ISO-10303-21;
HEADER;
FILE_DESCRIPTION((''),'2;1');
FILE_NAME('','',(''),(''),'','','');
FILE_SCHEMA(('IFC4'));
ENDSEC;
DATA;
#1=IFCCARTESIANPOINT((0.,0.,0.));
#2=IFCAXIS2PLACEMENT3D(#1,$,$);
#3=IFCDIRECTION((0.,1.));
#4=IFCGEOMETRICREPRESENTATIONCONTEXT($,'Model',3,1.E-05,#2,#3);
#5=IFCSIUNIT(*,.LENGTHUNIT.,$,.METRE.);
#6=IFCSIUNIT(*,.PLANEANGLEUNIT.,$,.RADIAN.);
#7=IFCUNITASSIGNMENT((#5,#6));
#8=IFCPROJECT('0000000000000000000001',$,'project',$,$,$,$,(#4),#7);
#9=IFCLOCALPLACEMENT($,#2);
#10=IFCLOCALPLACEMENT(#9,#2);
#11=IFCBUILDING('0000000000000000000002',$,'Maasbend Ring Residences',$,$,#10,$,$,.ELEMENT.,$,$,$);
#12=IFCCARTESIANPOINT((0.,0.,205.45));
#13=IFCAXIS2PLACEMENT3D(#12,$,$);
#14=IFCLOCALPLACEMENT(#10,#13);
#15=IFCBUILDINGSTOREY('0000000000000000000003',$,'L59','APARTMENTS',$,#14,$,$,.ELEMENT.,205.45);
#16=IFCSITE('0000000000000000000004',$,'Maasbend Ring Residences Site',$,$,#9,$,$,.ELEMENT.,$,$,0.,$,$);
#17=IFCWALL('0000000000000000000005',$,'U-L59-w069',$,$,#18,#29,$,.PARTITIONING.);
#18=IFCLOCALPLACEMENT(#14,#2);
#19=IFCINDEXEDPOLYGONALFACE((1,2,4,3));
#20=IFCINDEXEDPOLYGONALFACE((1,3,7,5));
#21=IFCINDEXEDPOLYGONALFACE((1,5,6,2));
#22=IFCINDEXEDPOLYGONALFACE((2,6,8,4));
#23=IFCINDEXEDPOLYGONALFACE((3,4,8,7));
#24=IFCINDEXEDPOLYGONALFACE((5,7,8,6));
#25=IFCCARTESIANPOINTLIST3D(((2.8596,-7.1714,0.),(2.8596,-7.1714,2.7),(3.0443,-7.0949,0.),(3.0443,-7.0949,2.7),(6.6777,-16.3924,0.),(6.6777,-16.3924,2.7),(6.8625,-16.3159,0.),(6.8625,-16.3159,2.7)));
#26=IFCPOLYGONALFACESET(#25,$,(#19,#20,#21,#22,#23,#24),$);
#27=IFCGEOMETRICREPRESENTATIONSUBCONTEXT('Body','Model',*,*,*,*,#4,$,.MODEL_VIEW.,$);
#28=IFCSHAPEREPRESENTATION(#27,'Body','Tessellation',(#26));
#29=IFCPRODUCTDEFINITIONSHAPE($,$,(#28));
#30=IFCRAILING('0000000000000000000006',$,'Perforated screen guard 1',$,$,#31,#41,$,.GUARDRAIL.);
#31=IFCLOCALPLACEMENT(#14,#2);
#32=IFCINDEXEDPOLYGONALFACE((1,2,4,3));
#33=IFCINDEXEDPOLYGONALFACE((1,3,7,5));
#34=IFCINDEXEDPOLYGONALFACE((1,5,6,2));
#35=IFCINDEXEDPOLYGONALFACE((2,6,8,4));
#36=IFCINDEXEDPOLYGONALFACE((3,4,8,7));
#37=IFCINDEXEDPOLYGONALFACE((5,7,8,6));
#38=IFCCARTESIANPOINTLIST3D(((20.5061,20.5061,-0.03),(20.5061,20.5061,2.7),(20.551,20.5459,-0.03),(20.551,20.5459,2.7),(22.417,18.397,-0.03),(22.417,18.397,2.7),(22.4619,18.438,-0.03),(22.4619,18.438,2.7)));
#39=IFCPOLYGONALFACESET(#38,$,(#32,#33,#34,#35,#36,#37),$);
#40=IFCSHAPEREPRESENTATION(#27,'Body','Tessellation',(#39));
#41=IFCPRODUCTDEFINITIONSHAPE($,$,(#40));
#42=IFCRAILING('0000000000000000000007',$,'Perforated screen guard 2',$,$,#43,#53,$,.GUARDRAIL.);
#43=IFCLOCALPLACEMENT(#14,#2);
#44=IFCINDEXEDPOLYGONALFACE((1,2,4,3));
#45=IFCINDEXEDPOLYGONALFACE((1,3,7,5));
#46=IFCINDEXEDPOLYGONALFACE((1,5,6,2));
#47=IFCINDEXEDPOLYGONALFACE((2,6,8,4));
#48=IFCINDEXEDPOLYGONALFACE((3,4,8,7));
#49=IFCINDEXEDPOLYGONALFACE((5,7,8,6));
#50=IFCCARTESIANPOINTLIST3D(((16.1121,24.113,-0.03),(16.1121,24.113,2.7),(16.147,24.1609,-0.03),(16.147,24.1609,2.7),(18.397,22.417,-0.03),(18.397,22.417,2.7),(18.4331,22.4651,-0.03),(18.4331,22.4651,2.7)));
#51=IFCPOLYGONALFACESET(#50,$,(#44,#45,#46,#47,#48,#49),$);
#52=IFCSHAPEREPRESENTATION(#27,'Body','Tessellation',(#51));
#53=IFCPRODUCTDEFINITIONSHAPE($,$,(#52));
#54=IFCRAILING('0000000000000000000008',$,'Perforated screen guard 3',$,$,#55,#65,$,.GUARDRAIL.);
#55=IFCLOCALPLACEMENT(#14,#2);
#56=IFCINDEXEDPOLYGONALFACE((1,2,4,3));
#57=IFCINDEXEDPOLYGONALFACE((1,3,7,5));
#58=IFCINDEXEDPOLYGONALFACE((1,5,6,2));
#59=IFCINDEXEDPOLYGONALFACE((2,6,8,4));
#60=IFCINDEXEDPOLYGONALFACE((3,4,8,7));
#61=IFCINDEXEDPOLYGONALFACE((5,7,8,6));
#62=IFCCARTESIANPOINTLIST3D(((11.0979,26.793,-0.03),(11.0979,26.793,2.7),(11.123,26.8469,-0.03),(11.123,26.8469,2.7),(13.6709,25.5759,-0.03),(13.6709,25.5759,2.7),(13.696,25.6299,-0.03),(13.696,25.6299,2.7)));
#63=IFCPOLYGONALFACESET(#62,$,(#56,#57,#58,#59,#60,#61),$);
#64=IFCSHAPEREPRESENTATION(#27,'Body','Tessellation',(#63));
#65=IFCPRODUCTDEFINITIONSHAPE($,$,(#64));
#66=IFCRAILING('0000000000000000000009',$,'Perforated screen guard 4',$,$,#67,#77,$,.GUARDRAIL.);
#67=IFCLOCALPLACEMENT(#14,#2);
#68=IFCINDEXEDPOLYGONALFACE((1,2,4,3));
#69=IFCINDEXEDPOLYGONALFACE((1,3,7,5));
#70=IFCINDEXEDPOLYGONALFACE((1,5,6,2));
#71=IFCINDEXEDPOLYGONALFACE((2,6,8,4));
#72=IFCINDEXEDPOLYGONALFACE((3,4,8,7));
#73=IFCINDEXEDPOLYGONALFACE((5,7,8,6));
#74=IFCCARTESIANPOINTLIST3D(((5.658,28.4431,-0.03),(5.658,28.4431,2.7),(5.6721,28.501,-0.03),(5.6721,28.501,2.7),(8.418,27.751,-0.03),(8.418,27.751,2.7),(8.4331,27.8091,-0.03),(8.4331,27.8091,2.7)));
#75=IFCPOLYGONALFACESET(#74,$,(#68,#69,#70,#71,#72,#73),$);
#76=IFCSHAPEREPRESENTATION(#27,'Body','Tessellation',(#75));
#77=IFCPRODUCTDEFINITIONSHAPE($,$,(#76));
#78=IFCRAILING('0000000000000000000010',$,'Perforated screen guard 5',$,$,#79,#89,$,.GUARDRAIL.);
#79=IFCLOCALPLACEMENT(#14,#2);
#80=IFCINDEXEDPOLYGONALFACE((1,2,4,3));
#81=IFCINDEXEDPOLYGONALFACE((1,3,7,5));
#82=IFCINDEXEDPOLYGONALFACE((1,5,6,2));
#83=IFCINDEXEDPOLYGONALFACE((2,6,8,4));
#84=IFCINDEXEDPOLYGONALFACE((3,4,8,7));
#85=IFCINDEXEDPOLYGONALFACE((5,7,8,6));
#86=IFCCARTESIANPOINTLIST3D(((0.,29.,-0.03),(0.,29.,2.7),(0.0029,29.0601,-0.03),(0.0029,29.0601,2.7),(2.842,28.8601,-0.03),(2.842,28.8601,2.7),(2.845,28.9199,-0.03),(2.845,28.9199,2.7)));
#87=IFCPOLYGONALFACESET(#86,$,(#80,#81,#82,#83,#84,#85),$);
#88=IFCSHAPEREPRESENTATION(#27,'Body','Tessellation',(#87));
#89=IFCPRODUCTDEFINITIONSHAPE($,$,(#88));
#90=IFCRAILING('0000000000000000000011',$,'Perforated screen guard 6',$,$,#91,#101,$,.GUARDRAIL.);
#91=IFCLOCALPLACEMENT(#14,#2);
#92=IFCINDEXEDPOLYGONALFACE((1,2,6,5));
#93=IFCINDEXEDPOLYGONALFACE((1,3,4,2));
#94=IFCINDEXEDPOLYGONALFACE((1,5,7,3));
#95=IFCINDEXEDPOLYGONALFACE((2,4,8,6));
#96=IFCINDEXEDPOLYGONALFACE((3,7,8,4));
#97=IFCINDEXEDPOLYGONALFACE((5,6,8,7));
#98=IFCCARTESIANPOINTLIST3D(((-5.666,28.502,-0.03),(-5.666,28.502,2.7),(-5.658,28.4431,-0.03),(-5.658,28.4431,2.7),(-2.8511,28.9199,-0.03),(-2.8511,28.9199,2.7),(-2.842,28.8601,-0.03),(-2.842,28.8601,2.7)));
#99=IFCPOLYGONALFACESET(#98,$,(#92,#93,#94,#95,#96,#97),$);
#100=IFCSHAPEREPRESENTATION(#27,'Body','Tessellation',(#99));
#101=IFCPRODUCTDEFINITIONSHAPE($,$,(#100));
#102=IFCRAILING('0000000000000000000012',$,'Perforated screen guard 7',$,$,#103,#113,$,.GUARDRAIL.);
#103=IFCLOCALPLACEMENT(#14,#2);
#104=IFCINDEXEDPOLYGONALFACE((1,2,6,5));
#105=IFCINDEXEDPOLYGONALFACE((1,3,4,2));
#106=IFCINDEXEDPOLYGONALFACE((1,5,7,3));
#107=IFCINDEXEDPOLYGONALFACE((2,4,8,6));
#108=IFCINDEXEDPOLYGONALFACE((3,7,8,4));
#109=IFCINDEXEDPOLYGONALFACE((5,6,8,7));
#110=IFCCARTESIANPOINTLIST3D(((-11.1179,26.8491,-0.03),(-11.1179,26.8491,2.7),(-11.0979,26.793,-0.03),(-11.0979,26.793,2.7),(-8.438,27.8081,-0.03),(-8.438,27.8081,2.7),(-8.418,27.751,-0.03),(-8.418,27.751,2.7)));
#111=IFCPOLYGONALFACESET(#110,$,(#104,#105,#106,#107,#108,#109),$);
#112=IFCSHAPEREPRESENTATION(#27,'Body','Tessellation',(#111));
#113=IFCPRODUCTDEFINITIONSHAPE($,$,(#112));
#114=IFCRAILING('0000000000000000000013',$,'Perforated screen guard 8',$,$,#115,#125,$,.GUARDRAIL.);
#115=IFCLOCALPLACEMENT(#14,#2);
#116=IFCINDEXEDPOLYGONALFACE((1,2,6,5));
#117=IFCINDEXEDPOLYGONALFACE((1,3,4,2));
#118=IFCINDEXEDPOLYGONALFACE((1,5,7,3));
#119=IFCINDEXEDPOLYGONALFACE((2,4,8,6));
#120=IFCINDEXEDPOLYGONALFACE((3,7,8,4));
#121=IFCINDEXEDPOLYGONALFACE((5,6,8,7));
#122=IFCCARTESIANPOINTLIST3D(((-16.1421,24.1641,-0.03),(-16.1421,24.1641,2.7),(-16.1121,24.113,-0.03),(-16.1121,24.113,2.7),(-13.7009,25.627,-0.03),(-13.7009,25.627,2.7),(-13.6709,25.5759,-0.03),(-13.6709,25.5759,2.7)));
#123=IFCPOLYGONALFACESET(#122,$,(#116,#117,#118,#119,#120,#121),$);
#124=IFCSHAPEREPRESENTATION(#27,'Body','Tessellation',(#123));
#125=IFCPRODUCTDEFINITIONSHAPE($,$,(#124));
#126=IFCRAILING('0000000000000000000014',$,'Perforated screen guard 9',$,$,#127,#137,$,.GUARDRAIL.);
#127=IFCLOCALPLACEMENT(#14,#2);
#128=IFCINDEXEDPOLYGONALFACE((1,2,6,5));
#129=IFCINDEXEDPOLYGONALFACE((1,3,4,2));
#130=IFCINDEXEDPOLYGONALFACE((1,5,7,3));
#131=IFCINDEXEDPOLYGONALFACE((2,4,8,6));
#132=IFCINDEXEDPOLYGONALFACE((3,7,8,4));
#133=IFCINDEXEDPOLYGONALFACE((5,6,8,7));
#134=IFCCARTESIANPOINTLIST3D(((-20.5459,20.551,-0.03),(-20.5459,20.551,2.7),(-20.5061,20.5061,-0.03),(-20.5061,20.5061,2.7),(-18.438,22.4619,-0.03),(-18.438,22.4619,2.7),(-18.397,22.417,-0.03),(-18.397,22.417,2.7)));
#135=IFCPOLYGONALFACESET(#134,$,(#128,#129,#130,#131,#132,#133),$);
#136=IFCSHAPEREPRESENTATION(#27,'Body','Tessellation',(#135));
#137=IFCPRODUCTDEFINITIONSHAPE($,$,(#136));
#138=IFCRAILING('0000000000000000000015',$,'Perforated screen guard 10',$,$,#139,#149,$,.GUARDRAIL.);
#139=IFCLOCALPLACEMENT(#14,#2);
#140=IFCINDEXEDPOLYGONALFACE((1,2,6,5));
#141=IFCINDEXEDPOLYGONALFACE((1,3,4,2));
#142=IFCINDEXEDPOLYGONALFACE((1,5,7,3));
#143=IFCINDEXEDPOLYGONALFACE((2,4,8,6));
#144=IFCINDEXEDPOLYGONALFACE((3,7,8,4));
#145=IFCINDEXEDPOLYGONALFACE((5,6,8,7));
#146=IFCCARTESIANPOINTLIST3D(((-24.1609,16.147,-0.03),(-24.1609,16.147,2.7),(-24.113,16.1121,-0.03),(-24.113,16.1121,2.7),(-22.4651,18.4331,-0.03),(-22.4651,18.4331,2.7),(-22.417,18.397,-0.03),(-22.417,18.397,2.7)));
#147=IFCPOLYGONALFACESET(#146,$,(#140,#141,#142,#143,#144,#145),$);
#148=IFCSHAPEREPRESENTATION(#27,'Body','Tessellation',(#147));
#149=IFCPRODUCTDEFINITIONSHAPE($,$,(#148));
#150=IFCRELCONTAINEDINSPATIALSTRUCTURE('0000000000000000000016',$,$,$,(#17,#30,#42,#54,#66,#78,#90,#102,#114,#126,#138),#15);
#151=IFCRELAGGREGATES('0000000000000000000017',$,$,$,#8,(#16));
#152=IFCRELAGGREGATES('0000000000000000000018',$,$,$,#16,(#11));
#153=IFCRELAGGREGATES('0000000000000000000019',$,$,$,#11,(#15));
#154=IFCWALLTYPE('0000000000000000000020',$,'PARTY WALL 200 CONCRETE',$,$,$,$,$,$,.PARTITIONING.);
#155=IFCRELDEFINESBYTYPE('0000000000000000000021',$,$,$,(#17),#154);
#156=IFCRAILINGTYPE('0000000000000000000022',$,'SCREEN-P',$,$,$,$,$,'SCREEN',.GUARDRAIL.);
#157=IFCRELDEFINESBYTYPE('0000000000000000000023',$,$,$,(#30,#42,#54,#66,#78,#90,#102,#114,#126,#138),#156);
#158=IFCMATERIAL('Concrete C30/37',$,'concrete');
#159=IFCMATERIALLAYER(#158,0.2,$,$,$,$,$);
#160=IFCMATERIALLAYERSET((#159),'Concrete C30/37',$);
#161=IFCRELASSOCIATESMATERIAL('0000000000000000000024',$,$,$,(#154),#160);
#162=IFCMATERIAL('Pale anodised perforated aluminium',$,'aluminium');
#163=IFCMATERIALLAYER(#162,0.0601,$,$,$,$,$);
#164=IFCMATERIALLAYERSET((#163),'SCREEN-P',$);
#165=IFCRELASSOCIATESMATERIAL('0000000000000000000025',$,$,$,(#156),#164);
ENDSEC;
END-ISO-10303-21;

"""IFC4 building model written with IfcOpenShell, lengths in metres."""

from ifc_helpers import new_model, si_unit, direction, frame, frame_2d, origin, place, context, subcontext, project, spatial, polyline, rectangle, outline, extrude, material, layer, layer_set, type_object, element, save


model = new_model("IFC4")

# Units and contexts
model_context = context("Model", 3, precision=1e-05, world=origin(), true_north=direction((0.0, 1.0)))
body_context = subcontext(model_context, "Body", "Model", "MODEL_VIEW")
ifc_project = project(units=[si_unit("LENGTHUNIT", "METRE"), si_unit("PLANEANGLEUNIT", "RADIAN")], contexts=[model_context])

# Site, building, storey
site_placement = place(None, origin())
site = spatial("IfcSite", under=ifc_project, at=site_placement, Name="Maasbend Ring Residences Site", CompositionType="ELEMENT", RefElevation=0.0)
building_placement = place(site_placement, origin())
building = spatial("IfcBuilding", under=site, at=building_placement, Name="Maasbend Ring Residences", CompositionType="ELEMENT")
storey_placement = place(building_placement, frame((0.0, 0.0, 205.45)))
storey = spatial("IfcBuildingStorey", under=building, at=storey_placement, Name="L59", Description="APARTMENTS", CompositionType="ELEMENT", Elevation=205.45)

# Wall
ifc_material_1 = material(Name="Concrete C30/37", Category="concrete")
ifc_layer_1 = layer(ifc_material_1, 0.2)
ifc_layer_set_1 = layer_set([ifc_layer_1], Name="Concrete C30/37")
wall_type = type_object("IfcWallType", Name="PARTY WALL 200 CONCRETE", PredefinedType="PARTITIONING", material=ifc_layer_set_1)
wall_placement = place(storey_placement, frame((2.9519, -7.1331, 0.0), z_axis=(0.0, 0.0, 1.0), x_axis=(0.38257, -0.923927, 0.0)))
element("IfcWall", 1, at=wall_placement, inside=storey, type_object=wall_type, Name="U-L59-w069", PredefinedType="PARTITIONING", context=body_context, shape_type="SweptSolid", body=[
    extrude(rectangle(XDim=9.9802, YDim=0.2, at=frame_2d((4.9902, 0.0))), origin(), (0.0, 0.0, 1.0), 2.7),
])

# Railings
ifc_material_2 = material(Name="Pale anodised perforated aluminium", Category="aluminium")
ifc_layer_2 = layer(ifc_material_2, 0.0601)
ifc_layer_set_2 = layer_set([ifc_layer_2], Name="SCREEN-P")
railing_type = type_object("IfcRailingType", Name="SCREEN-P", ElementType="SCREEN", PredefinedType="GUARDRAIL", material=ifc_layer_set_2)
railing_1_placement = place(storey_placement, frame((0.0, 0.0, -0.03)))
element("IfcRailing", 2, at=railing_1_placement, inside=storey, type_object=railing_type, Name="Perforated screen guard 1", PredefinedType="GUARDRAIL", context=body_context, shape_type="SweptSolid", body=[
    extrude(outline(polyline([(22.417, 18.397), (20.5061, 20.5061), (20.551, 20.5459), (22.4619, 18.438), (22.417, 18.397)])), origin(), (0.0, 0.0, 1.0), 2.73),
])
railing_2_placement = place(storey_placement, frame((0.0, 0.0, -0.03)))
element("IfcRailing", 3, at=railing_2_placement, inside=storey, type_object=railing_type, Name="Perforated screen guard 2", PredefinedType="GUARDRAIL", context=body_context, shape_type="SweptSolid", body=[
    extrude(outline(polyline([(18.397, 22.417), (16.1121, 24.113), (16.147, 24.1609), (18.4331, 22.4651), (18.397, 22.417)])), origin(), (0.0, 0.0, 1.0), 2.73),
])
railing_3_placement = place(storey_placement, frame((0.0, 0.0, -0.03)))
element("IfcRailing", 4, at=railing_3_placement, inside=storey, type_object=railing_type, Name="Perforated screen guard 3", PredefinedType="GUARDRAIL", context=body_context, shape_type="SweptSolid", body=[
    extrude(outline(polyline([(13.6709, 25.5759), (11.0979, 26.793), (11.123, 26.8469), (13.696, 25.6299), (13.6709, 25.5759)])), origin(), (0.0, 0.0, 1.0), 2.73),
])
railing_4_placement = place(storey_placement, frame((0.0, 0.0, -0.03)))
element("IfcRailing", 5, at=railing_4_placement, inside=storey, type_object=railing_type, Name="Perforated screen guard 4", PredefinedType="GUARDRAIL", context=body_context, shape_type="SweptSolid", body=[
    extrude(outline(polyline([(8.418, 27.751), (5.658, 28.4431), (5.6721, 28.501), (8.4331, 27.8091), (8.418, 27.751)])), origin(), (0.0, 0.0, 1.0), 2.73),
])
railing_5_placement = place(storey_placement, frame((0.0, 0.0, -0.03)))
element("IfcRailing", 6, at=railing_5_placement, inside=storey, type_object=railing_type, Name="Perforated screen guard 5", PredefinedType="GUARDRAIL", context=body_context, shape_type="SweptSolid", body=[
    extrude(outline(polyline([(2.842, 28.8601), (0.0, 29.0), (0.0029, 29.0601), (2.845, 28.9199), (2.842, 28.8601)])), origin(), (0.0, 0.0, 1.0), 2.73),
])
railing_6_placement = place(storey_placement, frame((0.0, 0.0, -0.03)))
element("IfcRailing", 7, at=railing_6_placement, inside=storey, type_object=railing_type, Name="Perforated screen guard 6", PredefinedType="GUARDRAIL", context=body_context, shape_type="SweptSolid", body=[
    extrude(outline(polyline([(-2.842, 28.8601), (-5.658, 28.4431), (-5.666, 28.502), (-2.8511, 28.9199), (-2.842, 28.8601)])), origin(), (0.0, 0.0, 1.0), 2.73),
])
railing_7_placement = place(storey_placement, frame((0.0, 0.0, -0.03)))
element("IfcRailing", 8, at=railing_7_placement, inside=storey, type_object=railing_type, Name="Perforated screen guard 7", PredefinedType="GUARDRAIL", context=body_context, shape_type="SweptSolid", body=[
    extrude(outline(polyline([(-8.418, 27.751), (-11.0979, 26.793), (-11.1179, 26.8491), (-8.438, 27.8081), (-8.418, 27.751)])), origin(), (0.0, 0.0, 1.0), 2.73),
])
railing_8_placement = place(storey_placement, frame((0.0, 0.0, -0.03)))
element("IfcRailing", 9, at=railing_8_placement, inside=storey, type_object=railing_type, Name="Perforated screen guard 8", PredefinedType="GUARDRAIL", context=body_context, shape_type="SweptSolid", body=[
    extrude(outline(polyline([(-13.6709, 25.5759), (-16.1121, 24.113), (-16.1421, 24.1641), (-13.7009, 25.627), (-13.6709, 25.5759)])), origin(), (0.0, 0.0, 1.0), 2.73),
])
railing_9_placement = place(storey_placement, frame((0.0, 0.0, -0.03)))
element("IfcRailing", 10, at=railing_9_placement, inside=storey, type_object=railing_type, Name="Perforated screen guard 9", PredefinedType="GUARDRAIL", context=body_context, shape_type="SweptSolid", body=[
    extrude(outline(polyline([(-18.397, 22.417), (-20.5061, 20.5061), (-20.5459, 20.551), (-18.438, 22.4619), (-18.397, 22.417)])), origin(), (0.0, 0.0, 1.0), 2.73),
])
railing_10_placement = place(storey_placement, frame((0.0, 0.0, -0.03)))
element("IfcRailing", 11, at=railing_10_placement, inside=storey, type_object=railing_type, Name="Perforated screen guard 10", PredefinedType="GUARDRAIL", context=body_context, shape_type="SweptSolid", body=[
    extrude(outline(polyline([(-22.417, 18.397), (-24.113, 16.1121), (-24.1609, 16.147), (-22.4651, 18.4331), (-22.417, 18.397)])), origin(), (0.0, 0.0, 1.0), 2.73),
])

save(model, "model.ifc")
